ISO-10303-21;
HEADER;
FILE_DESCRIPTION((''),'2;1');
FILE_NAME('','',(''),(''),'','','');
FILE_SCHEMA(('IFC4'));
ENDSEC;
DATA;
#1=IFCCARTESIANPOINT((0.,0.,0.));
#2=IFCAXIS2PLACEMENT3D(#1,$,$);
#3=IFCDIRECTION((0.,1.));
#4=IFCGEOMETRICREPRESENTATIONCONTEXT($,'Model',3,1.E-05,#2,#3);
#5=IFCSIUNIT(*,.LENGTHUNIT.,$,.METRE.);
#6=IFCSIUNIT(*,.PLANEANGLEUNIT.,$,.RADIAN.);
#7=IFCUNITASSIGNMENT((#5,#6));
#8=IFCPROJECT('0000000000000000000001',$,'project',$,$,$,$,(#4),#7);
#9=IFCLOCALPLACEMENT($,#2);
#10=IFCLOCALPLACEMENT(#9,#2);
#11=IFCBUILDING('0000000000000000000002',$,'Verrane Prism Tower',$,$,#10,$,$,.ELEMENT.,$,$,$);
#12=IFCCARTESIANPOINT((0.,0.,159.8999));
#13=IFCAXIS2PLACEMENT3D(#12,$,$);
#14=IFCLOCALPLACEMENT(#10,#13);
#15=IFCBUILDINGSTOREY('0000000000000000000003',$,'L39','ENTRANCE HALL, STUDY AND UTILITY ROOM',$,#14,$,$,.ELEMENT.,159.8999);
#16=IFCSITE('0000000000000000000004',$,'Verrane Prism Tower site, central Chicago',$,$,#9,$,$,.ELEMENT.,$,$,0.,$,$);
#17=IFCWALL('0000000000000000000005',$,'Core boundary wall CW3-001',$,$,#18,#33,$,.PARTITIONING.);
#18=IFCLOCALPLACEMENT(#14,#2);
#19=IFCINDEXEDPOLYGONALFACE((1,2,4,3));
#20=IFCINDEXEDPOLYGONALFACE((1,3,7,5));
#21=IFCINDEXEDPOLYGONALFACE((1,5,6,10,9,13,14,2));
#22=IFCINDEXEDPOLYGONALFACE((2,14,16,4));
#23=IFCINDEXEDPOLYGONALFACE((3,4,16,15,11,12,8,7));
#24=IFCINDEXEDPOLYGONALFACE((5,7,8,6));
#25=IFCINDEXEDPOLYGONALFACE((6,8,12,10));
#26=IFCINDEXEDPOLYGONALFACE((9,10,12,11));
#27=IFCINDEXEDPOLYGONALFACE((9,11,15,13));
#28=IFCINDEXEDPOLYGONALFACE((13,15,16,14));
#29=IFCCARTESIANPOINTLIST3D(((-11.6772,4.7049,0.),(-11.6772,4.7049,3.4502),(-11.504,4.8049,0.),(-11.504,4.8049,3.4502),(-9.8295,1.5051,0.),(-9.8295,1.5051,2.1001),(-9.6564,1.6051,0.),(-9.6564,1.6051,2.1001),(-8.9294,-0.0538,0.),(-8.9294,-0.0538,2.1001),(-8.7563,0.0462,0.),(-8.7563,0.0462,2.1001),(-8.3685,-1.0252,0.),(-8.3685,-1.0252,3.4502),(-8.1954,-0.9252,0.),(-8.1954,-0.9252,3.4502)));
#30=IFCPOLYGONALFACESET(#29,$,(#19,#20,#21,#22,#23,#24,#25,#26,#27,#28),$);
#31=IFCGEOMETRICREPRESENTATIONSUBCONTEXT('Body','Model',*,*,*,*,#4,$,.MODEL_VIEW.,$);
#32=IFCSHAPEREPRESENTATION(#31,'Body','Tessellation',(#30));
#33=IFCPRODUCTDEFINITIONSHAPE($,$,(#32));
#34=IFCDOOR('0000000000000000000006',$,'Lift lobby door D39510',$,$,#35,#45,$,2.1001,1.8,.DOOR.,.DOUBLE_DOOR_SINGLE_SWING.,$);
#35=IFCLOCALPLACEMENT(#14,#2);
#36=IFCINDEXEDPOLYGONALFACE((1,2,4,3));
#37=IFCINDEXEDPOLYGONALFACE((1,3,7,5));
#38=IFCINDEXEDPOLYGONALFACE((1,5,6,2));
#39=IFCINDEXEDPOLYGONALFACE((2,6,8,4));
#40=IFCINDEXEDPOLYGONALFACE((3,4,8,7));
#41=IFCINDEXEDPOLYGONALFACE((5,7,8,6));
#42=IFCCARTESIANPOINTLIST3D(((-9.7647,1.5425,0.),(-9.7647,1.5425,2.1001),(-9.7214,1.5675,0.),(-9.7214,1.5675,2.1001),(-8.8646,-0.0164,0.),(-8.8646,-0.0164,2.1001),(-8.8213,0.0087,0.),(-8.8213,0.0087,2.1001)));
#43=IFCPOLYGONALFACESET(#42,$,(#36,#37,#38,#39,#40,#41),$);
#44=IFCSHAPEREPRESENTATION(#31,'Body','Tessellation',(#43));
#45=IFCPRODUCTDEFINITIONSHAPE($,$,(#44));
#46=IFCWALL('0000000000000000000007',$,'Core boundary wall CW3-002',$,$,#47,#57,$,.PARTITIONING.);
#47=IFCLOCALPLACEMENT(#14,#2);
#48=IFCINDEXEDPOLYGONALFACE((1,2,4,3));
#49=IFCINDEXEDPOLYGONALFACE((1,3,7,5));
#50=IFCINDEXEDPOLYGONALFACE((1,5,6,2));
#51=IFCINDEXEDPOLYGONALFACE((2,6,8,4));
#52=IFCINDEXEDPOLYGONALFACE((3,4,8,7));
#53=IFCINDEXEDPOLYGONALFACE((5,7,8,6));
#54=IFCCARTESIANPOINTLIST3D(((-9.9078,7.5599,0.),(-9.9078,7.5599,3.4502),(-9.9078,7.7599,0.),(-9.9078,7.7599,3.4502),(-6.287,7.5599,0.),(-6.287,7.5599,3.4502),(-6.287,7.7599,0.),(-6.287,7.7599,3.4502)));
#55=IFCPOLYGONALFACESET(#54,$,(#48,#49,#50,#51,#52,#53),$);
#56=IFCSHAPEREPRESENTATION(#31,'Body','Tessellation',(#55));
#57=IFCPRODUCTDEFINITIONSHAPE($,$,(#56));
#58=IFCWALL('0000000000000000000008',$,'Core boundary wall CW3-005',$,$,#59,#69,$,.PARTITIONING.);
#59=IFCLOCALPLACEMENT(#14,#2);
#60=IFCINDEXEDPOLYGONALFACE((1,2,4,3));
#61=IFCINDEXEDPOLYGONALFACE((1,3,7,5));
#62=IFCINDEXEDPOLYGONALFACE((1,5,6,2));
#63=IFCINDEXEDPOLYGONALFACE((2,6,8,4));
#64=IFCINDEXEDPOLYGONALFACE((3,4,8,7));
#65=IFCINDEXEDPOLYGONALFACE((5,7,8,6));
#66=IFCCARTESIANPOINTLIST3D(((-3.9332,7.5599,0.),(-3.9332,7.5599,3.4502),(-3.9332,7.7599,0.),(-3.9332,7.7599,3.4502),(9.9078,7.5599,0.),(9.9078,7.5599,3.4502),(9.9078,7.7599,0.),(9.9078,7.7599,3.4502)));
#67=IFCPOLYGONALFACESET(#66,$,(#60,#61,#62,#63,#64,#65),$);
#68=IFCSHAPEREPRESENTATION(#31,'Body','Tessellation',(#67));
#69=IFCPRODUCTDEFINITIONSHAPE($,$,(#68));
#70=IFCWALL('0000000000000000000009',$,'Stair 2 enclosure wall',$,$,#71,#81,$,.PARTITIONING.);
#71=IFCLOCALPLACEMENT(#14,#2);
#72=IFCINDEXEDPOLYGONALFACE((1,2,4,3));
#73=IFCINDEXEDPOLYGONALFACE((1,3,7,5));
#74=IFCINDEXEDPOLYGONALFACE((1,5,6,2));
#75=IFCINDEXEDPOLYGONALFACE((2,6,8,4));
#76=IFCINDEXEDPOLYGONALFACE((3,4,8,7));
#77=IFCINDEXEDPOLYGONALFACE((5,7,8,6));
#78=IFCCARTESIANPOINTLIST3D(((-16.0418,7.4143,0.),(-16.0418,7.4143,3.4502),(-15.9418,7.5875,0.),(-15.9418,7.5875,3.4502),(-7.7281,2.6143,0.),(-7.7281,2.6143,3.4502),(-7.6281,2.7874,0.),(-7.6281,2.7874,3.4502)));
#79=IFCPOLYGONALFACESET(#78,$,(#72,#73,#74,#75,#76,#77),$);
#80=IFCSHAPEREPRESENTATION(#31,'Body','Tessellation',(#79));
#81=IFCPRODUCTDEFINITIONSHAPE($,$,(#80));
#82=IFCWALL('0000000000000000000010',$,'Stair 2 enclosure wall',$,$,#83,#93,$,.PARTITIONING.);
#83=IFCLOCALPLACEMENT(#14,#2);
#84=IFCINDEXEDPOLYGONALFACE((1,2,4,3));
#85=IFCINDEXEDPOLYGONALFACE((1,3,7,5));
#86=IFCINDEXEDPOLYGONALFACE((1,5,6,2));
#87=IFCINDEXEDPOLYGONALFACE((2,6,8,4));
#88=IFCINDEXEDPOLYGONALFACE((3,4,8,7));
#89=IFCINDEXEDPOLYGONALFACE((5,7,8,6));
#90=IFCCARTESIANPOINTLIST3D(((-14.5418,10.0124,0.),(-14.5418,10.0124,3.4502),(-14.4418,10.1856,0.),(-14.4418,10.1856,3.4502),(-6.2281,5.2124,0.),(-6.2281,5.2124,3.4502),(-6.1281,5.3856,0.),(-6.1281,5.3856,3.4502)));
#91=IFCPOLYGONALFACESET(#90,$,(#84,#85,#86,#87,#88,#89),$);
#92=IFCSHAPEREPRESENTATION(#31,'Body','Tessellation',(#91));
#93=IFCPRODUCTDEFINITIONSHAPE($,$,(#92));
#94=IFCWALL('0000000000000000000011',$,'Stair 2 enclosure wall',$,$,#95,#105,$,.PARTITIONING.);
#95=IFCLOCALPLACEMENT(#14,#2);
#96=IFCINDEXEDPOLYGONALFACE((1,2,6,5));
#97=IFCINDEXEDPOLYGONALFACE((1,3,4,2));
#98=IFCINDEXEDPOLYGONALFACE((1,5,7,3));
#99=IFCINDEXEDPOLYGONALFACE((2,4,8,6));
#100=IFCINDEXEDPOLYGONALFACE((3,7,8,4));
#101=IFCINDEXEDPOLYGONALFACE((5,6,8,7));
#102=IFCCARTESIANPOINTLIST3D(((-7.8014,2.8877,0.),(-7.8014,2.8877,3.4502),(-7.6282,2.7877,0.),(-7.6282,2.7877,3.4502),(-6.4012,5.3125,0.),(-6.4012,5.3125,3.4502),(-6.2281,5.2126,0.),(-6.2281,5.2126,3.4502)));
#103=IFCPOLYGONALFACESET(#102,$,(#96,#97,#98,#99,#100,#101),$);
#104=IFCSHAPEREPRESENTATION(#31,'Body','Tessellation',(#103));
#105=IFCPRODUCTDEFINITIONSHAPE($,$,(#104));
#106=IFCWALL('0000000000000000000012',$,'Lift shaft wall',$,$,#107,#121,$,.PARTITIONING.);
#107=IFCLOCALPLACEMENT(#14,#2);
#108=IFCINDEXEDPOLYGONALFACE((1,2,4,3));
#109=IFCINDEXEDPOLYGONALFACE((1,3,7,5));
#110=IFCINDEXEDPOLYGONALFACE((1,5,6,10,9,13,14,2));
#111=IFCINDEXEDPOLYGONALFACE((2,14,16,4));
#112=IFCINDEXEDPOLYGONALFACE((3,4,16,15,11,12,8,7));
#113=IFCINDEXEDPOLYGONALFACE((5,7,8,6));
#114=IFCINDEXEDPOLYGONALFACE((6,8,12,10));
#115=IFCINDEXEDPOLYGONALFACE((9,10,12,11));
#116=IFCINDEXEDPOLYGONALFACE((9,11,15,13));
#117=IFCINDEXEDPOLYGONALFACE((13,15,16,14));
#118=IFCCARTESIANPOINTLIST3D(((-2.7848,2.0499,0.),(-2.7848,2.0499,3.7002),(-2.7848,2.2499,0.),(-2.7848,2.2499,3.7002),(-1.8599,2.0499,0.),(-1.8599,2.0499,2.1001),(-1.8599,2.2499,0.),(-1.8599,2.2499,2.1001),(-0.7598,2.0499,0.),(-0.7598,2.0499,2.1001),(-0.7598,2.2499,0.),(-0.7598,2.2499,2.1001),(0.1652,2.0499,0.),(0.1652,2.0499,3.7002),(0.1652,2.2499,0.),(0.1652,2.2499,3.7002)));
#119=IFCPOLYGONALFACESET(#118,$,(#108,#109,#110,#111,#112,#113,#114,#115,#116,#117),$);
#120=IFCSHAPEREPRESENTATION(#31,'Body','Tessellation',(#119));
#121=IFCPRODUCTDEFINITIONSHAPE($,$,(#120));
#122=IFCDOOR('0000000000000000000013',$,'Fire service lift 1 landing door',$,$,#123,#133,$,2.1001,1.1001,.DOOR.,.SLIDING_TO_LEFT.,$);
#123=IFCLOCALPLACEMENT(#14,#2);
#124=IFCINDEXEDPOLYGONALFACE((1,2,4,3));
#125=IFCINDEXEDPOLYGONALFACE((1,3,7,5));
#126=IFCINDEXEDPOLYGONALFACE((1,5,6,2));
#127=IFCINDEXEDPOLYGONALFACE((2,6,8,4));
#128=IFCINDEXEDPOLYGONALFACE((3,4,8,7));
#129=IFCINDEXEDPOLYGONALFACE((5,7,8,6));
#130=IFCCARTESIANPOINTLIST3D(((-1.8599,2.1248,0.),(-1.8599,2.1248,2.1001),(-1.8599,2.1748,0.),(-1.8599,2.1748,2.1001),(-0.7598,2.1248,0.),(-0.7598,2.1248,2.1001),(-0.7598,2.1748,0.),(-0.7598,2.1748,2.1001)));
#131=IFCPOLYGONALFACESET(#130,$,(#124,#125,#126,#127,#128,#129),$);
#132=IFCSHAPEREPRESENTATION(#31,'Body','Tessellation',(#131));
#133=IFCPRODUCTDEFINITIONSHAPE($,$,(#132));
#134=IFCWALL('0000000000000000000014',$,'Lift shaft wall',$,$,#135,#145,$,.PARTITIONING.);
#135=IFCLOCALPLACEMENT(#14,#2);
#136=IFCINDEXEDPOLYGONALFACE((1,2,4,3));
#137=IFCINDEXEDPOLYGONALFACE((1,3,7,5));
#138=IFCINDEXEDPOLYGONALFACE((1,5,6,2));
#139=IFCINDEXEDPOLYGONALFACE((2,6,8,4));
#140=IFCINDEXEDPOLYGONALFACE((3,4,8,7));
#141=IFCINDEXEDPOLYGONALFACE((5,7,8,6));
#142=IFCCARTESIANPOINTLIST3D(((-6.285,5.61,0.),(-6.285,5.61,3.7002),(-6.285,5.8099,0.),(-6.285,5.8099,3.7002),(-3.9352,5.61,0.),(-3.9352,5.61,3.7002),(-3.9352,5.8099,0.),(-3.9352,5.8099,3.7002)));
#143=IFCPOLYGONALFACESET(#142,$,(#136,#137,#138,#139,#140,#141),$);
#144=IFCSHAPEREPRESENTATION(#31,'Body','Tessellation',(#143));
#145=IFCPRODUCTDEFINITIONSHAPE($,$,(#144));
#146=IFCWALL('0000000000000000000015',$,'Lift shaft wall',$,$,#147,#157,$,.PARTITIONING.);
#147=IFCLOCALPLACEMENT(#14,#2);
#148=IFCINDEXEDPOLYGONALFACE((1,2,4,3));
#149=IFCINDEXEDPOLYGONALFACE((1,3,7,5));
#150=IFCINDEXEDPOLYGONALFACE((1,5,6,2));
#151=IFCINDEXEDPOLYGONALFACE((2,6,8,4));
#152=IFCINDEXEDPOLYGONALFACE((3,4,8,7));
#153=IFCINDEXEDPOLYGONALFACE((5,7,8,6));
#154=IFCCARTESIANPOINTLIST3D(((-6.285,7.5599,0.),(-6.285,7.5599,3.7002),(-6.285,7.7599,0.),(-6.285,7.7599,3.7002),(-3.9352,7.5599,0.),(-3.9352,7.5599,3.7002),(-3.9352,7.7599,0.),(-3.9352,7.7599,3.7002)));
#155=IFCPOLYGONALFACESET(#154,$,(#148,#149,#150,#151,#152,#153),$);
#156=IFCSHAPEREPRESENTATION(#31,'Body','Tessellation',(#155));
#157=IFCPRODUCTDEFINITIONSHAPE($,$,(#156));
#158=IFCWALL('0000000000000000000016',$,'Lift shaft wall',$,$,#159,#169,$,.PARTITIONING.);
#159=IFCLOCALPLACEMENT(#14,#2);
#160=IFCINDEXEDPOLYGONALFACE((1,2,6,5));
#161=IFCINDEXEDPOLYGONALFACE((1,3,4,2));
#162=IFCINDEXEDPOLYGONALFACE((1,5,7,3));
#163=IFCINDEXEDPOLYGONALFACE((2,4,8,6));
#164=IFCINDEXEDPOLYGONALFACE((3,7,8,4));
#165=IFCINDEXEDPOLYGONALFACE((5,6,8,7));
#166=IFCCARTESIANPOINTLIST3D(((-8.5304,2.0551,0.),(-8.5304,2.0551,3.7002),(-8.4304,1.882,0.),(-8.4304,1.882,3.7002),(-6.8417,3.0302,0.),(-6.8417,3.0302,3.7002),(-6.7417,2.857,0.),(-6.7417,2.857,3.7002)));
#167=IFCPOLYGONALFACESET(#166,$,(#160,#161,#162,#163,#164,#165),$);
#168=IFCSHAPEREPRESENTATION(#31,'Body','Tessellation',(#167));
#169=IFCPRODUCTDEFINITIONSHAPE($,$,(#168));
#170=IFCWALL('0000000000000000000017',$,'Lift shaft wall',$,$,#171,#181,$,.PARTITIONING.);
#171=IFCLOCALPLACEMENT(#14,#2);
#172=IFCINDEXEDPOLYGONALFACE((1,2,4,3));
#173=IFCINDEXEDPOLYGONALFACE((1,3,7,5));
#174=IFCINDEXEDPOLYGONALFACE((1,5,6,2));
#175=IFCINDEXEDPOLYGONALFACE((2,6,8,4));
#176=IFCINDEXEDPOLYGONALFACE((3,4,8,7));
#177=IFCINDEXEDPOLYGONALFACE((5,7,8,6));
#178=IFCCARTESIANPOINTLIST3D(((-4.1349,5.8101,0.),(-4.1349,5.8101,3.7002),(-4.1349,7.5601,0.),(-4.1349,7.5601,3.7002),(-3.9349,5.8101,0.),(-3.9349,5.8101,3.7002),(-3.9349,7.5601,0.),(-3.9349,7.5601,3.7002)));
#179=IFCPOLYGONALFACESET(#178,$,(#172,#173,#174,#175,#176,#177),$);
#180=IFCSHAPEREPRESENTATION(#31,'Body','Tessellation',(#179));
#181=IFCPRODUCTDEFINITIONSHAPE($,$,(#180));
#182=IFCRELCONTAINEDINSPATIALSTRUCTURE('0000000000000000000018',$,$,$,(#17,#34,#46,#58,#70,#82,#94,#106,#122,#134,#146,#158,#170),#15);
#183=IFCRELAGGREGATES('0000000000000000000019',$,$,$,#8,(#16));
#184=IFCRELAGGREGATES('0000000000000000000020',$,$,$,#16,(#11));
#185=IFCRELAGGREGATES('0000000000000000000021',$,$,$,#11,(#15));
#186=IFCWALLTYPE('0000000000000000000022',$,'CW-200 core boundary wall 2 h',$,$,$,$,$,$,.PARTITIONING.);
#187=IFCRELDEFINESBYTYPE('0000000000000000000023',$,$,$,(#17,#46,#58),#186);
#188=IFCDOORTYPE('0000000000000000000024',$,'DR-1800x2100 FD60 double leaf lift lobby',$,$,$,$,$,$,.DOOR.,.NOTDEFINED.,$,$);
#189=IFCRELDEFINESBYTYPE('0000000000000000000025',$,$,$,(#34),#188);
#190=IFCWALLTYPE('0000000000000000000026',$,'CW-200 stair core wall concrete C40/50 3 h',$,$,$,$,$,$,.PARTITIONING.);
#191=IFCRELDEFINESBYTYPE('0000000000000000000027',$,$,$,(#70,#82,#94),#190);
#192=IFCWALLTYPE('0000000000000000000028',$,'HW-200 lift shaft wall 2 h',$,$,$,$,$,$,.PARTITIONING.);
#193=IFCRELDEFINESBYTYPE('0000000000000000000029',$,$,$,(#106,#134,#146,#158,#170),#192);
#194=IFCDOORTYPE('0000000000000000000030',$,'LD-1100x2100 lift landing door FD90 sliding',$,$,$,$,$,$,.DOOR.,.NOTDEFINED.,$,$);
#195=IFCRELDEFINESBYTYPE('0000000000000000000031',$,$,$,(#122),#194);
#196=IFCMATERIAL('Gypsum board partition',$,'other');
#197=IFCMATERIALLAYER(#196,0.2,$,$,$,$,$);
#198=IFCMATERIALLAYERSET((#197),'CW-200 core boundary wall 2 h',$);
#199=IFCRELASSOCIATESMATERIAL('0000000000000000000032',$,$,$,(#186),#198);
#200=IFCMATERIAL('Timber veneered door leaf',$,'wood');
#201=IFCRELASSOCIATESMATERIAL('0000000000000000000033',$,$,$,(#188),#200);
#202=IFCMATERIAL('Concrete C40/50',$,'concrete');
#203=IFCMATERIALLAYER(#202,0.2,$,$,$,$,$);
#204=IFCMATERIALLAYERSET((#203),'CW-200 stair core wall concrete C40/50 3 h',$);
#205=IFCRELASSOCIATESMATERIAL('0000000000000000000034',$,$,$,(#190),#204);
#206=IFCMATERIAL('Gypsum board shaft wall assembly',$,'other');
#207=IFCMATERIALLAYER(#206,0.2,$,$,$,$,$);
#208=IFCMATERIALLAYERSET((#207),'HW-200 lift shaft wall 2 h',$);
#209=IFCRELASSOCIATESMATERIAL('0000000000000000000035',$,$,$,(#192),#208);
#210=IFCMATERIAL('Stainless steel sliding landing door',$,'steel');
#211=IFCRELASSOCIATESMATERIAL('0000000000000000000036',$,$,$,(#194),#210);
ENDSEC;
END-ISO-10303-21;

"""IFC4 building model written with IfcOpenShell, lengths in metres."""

from ifc_helpers import new_model, si_unit, direction, frame, frame_2d, origin, place, context, subcontext, project, spatial, rectangle, extrude, material, layer, layer_set, type_object, element, fill, save


model = new_model("IFC4")

# Units and contexts
model_context = context("Model", 3, precision=1e-05, world=origin(), true_north=direction((0.0, 1.0)))
body_context = subcontext(model_context, "Body", "Model", "MODEL_VIEW")
ifc_project = project(units=[si_unit("LENGTHUNIT", "METRE"), si_unit("PLANEANGLEUNIT", "RADIAN")], contexts=[model_context])

# Site, building, storey
site_placement = place(None, origin())
site = spatial("IfcSite", under=ifc_project, at=site_placement, Name="Verrane Prism Tower site, central Chicago", CompositionType="ELEMENT", RefElevation=0.0)
building_placement = place(site_placement, origin())
building = spatial("IfcBuilding", under=site, at=building_placement, Name="Verrane Prism Tower", CompositionType="ELEMENT")
storey_placement = place(building_placement, frame((0.0, 0.0, 159.8999)))
storey = spatial("IfcBuildingStorey", under=building, at=storey_placement, Name="L39", Description="ENTRANCE HALL, STUDY AND UTILITY ROOM", CompositionType="ELEMENT", Elevation=159.8999)

# Wall, opening, door
ifc_material_1 = material(Name="Gypsum board partition", Category="other")
ifc_layer_1 = layer(ifc_material_1, 0.2)
ifc_layer_set_1 = layer_set([ifc_layer_1], Name="CW-200 core boundary wall 2 h")
wall_type_1 = type_object("IfcWallType", Name="CW-200 core boundary wall 2 h", PredefinedType="PARTITIONING", material=ifc_layer_set_1)
wall_1_placement = place(storey_placement, frame((-11.5906, 4.7549, 0.0), z_axis=(0.0, 0.0, 1.0), x_axis=(0.500044, -0.866, 0.0)))
wall_1 = element("IfcWall", 1, at=wall_1_placement, inside=storey, type_object=wall_type_1, Name="Core boundary wall CW3-001", PredefinedType="PARTITIONING", context=body_context, shape_type="SweptSolid", body=[
    extrude(rectangle(XDim=6.6167, YDim=0.2, at=frame_2d((3.3083, 0.0))), origin(), (0.0, 0.0, 1.0), 3.4502),
])
opening_1_placement = place(wall_1_placement, frame((3.6951, 0.0, 0.0)))
opening_1 = element("IfcOpeningElement", 2, at=opening_1_placement, cuts=wall_1, PredefinedType="OPENING", context=body_context, shape_type="SweptSolid", body=[
    extrude(rectangle(XDim=1.8, YDim=2.1001, at=frame_2d((0.8999, 1.05))), frame((0.0, 0.1099, 0.0), z_axis=(0.0, -1.0, 0.0), x_axis=(1.0, 0.0, 0.0)), (0.0, 0.0, 1.0), 0.22),
])
ifc_material_2 = material(Name="Timber veneered door leaf", Category="wood")
door_type_1 = type_object("IfcDoorType", Name="DR-1800x2100 FD60 double leaf lift lobby", OperationType="NOTDEFINED", PredefinedType="DOOR", material=ifc_material_2)
door_1_placement = place(opening_1_placement, origin())
door_1 = element("IfcDoor", 3, at=door_1_placement, inside=storey, type_object=door_type_1, Name="Lift lobby door D39510", OperationType="DOUBLE_DOOR_SINGLE_SWING", OverallHeight=2.1001, OverallWidth=1.8, PredefinedType="DOOR", context=body_context, shape_type="SweptSolid", body=[
    extrude(rectangle(XDim=1.8, YDim=2.1001, at=frame_2d((0.8999, 1.05))), frame((0.0, 0.0249, 0.0), z_axis=(0.0, -1.0, 0.0), x_axis=(1.0, 0.0, 0.0)), (0.0, 0.0, 1.0), 0.05),
])
fill(opening_1, door_1)

# Walls
wall_2_placement = place(storey_placement, frame((-9.908, 7.6599, 0.0), z_axis=(0.0, 0.0, 1.0), x_axis=(1.0, 0.0, 0.0)))
element("IfcWall", 4, at=wall_2_placement, inside=storey, type_object=wall_type_1, Name="Core boundary wall CW3-002", PredefinedType="PARTITIONING", context=body_context, shape_type="SweptSolid", body=[
    extrude(rectangle(XDim=3.6208, YDim=0.2, at=frame_2d((1.8105, 0.0))), origin(), (0.0, 0.0, 1.0), 3.4502),
])
wall_3_placement = place(storey_placement, frame((-3.9331, 7.6599, 0.0), z_axis=(0.0, 0.0, 1.0), x_axis=(1.0, 0.0, 0.0)))
element("IfcWall", 5, at=wall_3_placement, inside=storey, type_object=wall_type_1, Name="Core boundary wall CW3-005", PredefinedType="PARTITIONING", context=body_context, shape_type="SweptSolid", body=[
    extrude(rectangle(XDim=13.8411, YDim=0.2, at=frame_2d((6.9204, 0.0))), origin(), (0.0, 0.0, 1.0), 3.4502),
])
ifc_material_3 = material(Name="Concrete C40/50", Category="concrete")
ifc_layer_2 = layer(ifc_material_3, 0.2)
ifc_layer_set_2 = layer_set([ifc_layer_2], Name="CW-200 stair core wall concrete C40/50 3 h")
wall_type_2 = type_object("IfcWallType", Name="CW-200 stair core wall concrete C40/50 3 h", PredefinedType="PARTITIONING", material=ifc_layer_set_2)
for number, where, z_axis, x_axis, name in (
    (6, (-7.6782, 2.7009, 0.0), (0.0, 0.0, 1.0), (-0.86602, 0.500009, 0.0), "Stair 2 enclosure wall"),
    (7, (-6.1782, 5.2991, 0.0), (0.0, 0.0, 1.0), (-0.86602, 0.500009, 0.0), "Stair 2 enclosure wall"),
):
    element("IfcWall", number, at=place(storey_placement, frame(where, z_axis=z_axis, x_axis=x_axis)), inside=storey, type_object=wall_type_2, Name=name, PredefinedType="PARTITIONING", context=body_context, shape_type="SweptSolid", body=[
        extrude(rectangle(XDim=9.5999, YDim=0.2, at=frame_2d((4.7998, 0.0))), origin(), (0.0, 0.0, 1.0), 3.4502),
    ])
wall_4_placement = place(storey_placement, frame((-6.3147, 5.2625, 0.0), z_axis=(0.0, 0.0, 1.0), x_axis=(-0.50005, -0.865997, 0.0)))
element("IfcWall", 8, at=wall_4_placement, inside=storey, type_object=wall_type_2, Name="Stair 2 enclosure wall", PredefinedType="PARTITIONING", context=body_context, shape_type="SweptSolid", body=[
    extrude(rectangle(XDim=2.8, YDim=0.2, at=frame_2d((1.3999, 0.0))), origin(), (0.0, 0.0, 1.0), 3.4502),
])

# Wall, opening, door
ifc_material_4 = material(Name="Gypsum board shaft wall assembly", Category="other")
ifc_layer_3 = layer(ifc_material_4, 0.2)
ifc_layer_set_3 = layer_set([ifc_layer_3], Name="HW-200 lift shaft wall 2 h")
wall_type_3 = type_object("IfcWallType", Name="HW-200 lift shaft wall 2 h", PredefinedType="PARTITIONING", material=ifc_layer_set_3)
wall_5_placement = place(storey_placement, frame((-2.7849, 2.1499, 0.0), z_axis=(0.0, 0.0, 1.0), x_axis=(1.0, 0.0, 0.0)))
wall_5 = element("IfcWall", 9, at=wall_5_placement, inside=storey, type_object=wall_type_3, Name="Lift shaft wall", PredefinedType="PARTITIONING", context=body_context, shape_type="SweptSolid", body=[
    extrude(rectangle(XDim=2.95, YDim=0.2, at=frame_2d((1.4751, 0.0))), origin(), (0.0, 0.0, 1.0), 3.7002),
])
opening_2_placement = place(wall_5_placement, frame((0.925, 0.0, 0.0)))
opening_2 = element("IfcOpeningElement", 10, at=opening_2_placement, cuts=wall_5, PredefinedType="OPENING", context=body_context, shape_type="SweptSolid", body=[
    extrude(rectangle(XDim=1.1001, YDim=2.1001, at=frame_2d((0.55, 1.05))), frame((0.0, 0.1099, 0.0), z_axis=(0.0, -1.0, 0.0), x_axis=(1.0, 0.0, 0.0)), (0.0, 0.0, 1.0), 0.22),
])
ifc_material_5 = material(Name="Stainless steel sliding landing door", Category="steel")
door_type_2 = type_object("IfcDoorType", Name="LD-1100x2100 lift landing door FD90 sliding", OperationType="NOTDEFINED", PredefinedType="DOOR", material=ifc_material_5)
door_2_placement = place(opening_2_placement, origin())
door_2 = element("IfcDoor", 11, at=door_2_placement, inside=storey, type_object=door_type_2, Name="Fire service lift 1 landing door", OperationType="SLIDING_TO_LEFT", OverallHeight=2.1001, OverallWidth=1.1001, PredefinedType="DOOR", context=body_context, shape_type="SweptSolid", body=[
    extrude(rectangle(XDim=1.1001, YDim=2.1001, at=frame_2d((0.55, 1.05))), frame((0.0, 0.0249, 0.0), z_axis=(0.0, -1.0, 0.0), x_axis=(1.0, 0.0, 0.0)), (0.0, 0.0, 1.0), 0.05),
])
fill(opening_2, door_2)

# Walls
for number, where, z_axis, x_axis, name in (
    (12, (-6.2849, 5.71, 0.0), (0.0, 0.0, 1.0), (1.0, 0.0, 0.0), "Lift shaft wall"),
    (13, (-6.2849, 7.6599, 0.0), (0.0, 0.0, 1.0), (1.0, 0.0, 0.0), "Lift shaft wall"),
):
    element("IfcWall", number, at=place(storey_placement, frame(where, z_axis=z_axis, x_axis=x_axis)), inside=storey, type_object=wall_type_3, Name=name, PredefinedType="PARTITIONING", context=body_context, shape_type="SweptSolid", body=[
        extrude(rectangle(XDim=2.3499, YDim=0.2, at=frame_2d((1.1748, 0.0))), origin(), (0.0, 0.0, 1.0), 3.7002),
    ])
wall_6_placement = place(storey_placement, frame((-8.4805, 1.9685, 0.0), z_axis=(0.0, 0.0, 1.0), x_axis=(0.866, 0.500044, 0.0)))
element("IfcWall", 14, at=wall_6_placement, inside=storey, type_object=wall_type_3, Name="Lift shaft wall", PredefinedType="PARTITIONING", context=body_context, shape_type="SweptSolid", body=[
    extrude(rectangle(XDim=1.95, YDim=0.2, at=frame_2d((0.9751, 0.0))), origin(), (0.0, 0.0, 1.0), 3.7002),
])
for number, where, z_axis, x_axis, name in (
    (15, (-4.0349, 5.8101, 0.0), (0.0, 0.0, 1.0), (0.0, 1.0, 0.0), "Lift shaft wall"),
):
    element("IfcWall", number, at=place(storey_placement, frame(where, z_axis=z_axis, x_axis=x_axis)), inside=storey, type_object=wall_type_3, Name=name, PredefinedType="PARTITIONING", context=body_context, shape_type="SweptSolid", body=[
        extrude(rectangle(XDim=1.75, YDim=0.2, at=frame_2d((0.875, 0.0))), origin(), (0.0, 0.0, 1.0), 3.7002),
    ])

save(model, "model.ifc")
